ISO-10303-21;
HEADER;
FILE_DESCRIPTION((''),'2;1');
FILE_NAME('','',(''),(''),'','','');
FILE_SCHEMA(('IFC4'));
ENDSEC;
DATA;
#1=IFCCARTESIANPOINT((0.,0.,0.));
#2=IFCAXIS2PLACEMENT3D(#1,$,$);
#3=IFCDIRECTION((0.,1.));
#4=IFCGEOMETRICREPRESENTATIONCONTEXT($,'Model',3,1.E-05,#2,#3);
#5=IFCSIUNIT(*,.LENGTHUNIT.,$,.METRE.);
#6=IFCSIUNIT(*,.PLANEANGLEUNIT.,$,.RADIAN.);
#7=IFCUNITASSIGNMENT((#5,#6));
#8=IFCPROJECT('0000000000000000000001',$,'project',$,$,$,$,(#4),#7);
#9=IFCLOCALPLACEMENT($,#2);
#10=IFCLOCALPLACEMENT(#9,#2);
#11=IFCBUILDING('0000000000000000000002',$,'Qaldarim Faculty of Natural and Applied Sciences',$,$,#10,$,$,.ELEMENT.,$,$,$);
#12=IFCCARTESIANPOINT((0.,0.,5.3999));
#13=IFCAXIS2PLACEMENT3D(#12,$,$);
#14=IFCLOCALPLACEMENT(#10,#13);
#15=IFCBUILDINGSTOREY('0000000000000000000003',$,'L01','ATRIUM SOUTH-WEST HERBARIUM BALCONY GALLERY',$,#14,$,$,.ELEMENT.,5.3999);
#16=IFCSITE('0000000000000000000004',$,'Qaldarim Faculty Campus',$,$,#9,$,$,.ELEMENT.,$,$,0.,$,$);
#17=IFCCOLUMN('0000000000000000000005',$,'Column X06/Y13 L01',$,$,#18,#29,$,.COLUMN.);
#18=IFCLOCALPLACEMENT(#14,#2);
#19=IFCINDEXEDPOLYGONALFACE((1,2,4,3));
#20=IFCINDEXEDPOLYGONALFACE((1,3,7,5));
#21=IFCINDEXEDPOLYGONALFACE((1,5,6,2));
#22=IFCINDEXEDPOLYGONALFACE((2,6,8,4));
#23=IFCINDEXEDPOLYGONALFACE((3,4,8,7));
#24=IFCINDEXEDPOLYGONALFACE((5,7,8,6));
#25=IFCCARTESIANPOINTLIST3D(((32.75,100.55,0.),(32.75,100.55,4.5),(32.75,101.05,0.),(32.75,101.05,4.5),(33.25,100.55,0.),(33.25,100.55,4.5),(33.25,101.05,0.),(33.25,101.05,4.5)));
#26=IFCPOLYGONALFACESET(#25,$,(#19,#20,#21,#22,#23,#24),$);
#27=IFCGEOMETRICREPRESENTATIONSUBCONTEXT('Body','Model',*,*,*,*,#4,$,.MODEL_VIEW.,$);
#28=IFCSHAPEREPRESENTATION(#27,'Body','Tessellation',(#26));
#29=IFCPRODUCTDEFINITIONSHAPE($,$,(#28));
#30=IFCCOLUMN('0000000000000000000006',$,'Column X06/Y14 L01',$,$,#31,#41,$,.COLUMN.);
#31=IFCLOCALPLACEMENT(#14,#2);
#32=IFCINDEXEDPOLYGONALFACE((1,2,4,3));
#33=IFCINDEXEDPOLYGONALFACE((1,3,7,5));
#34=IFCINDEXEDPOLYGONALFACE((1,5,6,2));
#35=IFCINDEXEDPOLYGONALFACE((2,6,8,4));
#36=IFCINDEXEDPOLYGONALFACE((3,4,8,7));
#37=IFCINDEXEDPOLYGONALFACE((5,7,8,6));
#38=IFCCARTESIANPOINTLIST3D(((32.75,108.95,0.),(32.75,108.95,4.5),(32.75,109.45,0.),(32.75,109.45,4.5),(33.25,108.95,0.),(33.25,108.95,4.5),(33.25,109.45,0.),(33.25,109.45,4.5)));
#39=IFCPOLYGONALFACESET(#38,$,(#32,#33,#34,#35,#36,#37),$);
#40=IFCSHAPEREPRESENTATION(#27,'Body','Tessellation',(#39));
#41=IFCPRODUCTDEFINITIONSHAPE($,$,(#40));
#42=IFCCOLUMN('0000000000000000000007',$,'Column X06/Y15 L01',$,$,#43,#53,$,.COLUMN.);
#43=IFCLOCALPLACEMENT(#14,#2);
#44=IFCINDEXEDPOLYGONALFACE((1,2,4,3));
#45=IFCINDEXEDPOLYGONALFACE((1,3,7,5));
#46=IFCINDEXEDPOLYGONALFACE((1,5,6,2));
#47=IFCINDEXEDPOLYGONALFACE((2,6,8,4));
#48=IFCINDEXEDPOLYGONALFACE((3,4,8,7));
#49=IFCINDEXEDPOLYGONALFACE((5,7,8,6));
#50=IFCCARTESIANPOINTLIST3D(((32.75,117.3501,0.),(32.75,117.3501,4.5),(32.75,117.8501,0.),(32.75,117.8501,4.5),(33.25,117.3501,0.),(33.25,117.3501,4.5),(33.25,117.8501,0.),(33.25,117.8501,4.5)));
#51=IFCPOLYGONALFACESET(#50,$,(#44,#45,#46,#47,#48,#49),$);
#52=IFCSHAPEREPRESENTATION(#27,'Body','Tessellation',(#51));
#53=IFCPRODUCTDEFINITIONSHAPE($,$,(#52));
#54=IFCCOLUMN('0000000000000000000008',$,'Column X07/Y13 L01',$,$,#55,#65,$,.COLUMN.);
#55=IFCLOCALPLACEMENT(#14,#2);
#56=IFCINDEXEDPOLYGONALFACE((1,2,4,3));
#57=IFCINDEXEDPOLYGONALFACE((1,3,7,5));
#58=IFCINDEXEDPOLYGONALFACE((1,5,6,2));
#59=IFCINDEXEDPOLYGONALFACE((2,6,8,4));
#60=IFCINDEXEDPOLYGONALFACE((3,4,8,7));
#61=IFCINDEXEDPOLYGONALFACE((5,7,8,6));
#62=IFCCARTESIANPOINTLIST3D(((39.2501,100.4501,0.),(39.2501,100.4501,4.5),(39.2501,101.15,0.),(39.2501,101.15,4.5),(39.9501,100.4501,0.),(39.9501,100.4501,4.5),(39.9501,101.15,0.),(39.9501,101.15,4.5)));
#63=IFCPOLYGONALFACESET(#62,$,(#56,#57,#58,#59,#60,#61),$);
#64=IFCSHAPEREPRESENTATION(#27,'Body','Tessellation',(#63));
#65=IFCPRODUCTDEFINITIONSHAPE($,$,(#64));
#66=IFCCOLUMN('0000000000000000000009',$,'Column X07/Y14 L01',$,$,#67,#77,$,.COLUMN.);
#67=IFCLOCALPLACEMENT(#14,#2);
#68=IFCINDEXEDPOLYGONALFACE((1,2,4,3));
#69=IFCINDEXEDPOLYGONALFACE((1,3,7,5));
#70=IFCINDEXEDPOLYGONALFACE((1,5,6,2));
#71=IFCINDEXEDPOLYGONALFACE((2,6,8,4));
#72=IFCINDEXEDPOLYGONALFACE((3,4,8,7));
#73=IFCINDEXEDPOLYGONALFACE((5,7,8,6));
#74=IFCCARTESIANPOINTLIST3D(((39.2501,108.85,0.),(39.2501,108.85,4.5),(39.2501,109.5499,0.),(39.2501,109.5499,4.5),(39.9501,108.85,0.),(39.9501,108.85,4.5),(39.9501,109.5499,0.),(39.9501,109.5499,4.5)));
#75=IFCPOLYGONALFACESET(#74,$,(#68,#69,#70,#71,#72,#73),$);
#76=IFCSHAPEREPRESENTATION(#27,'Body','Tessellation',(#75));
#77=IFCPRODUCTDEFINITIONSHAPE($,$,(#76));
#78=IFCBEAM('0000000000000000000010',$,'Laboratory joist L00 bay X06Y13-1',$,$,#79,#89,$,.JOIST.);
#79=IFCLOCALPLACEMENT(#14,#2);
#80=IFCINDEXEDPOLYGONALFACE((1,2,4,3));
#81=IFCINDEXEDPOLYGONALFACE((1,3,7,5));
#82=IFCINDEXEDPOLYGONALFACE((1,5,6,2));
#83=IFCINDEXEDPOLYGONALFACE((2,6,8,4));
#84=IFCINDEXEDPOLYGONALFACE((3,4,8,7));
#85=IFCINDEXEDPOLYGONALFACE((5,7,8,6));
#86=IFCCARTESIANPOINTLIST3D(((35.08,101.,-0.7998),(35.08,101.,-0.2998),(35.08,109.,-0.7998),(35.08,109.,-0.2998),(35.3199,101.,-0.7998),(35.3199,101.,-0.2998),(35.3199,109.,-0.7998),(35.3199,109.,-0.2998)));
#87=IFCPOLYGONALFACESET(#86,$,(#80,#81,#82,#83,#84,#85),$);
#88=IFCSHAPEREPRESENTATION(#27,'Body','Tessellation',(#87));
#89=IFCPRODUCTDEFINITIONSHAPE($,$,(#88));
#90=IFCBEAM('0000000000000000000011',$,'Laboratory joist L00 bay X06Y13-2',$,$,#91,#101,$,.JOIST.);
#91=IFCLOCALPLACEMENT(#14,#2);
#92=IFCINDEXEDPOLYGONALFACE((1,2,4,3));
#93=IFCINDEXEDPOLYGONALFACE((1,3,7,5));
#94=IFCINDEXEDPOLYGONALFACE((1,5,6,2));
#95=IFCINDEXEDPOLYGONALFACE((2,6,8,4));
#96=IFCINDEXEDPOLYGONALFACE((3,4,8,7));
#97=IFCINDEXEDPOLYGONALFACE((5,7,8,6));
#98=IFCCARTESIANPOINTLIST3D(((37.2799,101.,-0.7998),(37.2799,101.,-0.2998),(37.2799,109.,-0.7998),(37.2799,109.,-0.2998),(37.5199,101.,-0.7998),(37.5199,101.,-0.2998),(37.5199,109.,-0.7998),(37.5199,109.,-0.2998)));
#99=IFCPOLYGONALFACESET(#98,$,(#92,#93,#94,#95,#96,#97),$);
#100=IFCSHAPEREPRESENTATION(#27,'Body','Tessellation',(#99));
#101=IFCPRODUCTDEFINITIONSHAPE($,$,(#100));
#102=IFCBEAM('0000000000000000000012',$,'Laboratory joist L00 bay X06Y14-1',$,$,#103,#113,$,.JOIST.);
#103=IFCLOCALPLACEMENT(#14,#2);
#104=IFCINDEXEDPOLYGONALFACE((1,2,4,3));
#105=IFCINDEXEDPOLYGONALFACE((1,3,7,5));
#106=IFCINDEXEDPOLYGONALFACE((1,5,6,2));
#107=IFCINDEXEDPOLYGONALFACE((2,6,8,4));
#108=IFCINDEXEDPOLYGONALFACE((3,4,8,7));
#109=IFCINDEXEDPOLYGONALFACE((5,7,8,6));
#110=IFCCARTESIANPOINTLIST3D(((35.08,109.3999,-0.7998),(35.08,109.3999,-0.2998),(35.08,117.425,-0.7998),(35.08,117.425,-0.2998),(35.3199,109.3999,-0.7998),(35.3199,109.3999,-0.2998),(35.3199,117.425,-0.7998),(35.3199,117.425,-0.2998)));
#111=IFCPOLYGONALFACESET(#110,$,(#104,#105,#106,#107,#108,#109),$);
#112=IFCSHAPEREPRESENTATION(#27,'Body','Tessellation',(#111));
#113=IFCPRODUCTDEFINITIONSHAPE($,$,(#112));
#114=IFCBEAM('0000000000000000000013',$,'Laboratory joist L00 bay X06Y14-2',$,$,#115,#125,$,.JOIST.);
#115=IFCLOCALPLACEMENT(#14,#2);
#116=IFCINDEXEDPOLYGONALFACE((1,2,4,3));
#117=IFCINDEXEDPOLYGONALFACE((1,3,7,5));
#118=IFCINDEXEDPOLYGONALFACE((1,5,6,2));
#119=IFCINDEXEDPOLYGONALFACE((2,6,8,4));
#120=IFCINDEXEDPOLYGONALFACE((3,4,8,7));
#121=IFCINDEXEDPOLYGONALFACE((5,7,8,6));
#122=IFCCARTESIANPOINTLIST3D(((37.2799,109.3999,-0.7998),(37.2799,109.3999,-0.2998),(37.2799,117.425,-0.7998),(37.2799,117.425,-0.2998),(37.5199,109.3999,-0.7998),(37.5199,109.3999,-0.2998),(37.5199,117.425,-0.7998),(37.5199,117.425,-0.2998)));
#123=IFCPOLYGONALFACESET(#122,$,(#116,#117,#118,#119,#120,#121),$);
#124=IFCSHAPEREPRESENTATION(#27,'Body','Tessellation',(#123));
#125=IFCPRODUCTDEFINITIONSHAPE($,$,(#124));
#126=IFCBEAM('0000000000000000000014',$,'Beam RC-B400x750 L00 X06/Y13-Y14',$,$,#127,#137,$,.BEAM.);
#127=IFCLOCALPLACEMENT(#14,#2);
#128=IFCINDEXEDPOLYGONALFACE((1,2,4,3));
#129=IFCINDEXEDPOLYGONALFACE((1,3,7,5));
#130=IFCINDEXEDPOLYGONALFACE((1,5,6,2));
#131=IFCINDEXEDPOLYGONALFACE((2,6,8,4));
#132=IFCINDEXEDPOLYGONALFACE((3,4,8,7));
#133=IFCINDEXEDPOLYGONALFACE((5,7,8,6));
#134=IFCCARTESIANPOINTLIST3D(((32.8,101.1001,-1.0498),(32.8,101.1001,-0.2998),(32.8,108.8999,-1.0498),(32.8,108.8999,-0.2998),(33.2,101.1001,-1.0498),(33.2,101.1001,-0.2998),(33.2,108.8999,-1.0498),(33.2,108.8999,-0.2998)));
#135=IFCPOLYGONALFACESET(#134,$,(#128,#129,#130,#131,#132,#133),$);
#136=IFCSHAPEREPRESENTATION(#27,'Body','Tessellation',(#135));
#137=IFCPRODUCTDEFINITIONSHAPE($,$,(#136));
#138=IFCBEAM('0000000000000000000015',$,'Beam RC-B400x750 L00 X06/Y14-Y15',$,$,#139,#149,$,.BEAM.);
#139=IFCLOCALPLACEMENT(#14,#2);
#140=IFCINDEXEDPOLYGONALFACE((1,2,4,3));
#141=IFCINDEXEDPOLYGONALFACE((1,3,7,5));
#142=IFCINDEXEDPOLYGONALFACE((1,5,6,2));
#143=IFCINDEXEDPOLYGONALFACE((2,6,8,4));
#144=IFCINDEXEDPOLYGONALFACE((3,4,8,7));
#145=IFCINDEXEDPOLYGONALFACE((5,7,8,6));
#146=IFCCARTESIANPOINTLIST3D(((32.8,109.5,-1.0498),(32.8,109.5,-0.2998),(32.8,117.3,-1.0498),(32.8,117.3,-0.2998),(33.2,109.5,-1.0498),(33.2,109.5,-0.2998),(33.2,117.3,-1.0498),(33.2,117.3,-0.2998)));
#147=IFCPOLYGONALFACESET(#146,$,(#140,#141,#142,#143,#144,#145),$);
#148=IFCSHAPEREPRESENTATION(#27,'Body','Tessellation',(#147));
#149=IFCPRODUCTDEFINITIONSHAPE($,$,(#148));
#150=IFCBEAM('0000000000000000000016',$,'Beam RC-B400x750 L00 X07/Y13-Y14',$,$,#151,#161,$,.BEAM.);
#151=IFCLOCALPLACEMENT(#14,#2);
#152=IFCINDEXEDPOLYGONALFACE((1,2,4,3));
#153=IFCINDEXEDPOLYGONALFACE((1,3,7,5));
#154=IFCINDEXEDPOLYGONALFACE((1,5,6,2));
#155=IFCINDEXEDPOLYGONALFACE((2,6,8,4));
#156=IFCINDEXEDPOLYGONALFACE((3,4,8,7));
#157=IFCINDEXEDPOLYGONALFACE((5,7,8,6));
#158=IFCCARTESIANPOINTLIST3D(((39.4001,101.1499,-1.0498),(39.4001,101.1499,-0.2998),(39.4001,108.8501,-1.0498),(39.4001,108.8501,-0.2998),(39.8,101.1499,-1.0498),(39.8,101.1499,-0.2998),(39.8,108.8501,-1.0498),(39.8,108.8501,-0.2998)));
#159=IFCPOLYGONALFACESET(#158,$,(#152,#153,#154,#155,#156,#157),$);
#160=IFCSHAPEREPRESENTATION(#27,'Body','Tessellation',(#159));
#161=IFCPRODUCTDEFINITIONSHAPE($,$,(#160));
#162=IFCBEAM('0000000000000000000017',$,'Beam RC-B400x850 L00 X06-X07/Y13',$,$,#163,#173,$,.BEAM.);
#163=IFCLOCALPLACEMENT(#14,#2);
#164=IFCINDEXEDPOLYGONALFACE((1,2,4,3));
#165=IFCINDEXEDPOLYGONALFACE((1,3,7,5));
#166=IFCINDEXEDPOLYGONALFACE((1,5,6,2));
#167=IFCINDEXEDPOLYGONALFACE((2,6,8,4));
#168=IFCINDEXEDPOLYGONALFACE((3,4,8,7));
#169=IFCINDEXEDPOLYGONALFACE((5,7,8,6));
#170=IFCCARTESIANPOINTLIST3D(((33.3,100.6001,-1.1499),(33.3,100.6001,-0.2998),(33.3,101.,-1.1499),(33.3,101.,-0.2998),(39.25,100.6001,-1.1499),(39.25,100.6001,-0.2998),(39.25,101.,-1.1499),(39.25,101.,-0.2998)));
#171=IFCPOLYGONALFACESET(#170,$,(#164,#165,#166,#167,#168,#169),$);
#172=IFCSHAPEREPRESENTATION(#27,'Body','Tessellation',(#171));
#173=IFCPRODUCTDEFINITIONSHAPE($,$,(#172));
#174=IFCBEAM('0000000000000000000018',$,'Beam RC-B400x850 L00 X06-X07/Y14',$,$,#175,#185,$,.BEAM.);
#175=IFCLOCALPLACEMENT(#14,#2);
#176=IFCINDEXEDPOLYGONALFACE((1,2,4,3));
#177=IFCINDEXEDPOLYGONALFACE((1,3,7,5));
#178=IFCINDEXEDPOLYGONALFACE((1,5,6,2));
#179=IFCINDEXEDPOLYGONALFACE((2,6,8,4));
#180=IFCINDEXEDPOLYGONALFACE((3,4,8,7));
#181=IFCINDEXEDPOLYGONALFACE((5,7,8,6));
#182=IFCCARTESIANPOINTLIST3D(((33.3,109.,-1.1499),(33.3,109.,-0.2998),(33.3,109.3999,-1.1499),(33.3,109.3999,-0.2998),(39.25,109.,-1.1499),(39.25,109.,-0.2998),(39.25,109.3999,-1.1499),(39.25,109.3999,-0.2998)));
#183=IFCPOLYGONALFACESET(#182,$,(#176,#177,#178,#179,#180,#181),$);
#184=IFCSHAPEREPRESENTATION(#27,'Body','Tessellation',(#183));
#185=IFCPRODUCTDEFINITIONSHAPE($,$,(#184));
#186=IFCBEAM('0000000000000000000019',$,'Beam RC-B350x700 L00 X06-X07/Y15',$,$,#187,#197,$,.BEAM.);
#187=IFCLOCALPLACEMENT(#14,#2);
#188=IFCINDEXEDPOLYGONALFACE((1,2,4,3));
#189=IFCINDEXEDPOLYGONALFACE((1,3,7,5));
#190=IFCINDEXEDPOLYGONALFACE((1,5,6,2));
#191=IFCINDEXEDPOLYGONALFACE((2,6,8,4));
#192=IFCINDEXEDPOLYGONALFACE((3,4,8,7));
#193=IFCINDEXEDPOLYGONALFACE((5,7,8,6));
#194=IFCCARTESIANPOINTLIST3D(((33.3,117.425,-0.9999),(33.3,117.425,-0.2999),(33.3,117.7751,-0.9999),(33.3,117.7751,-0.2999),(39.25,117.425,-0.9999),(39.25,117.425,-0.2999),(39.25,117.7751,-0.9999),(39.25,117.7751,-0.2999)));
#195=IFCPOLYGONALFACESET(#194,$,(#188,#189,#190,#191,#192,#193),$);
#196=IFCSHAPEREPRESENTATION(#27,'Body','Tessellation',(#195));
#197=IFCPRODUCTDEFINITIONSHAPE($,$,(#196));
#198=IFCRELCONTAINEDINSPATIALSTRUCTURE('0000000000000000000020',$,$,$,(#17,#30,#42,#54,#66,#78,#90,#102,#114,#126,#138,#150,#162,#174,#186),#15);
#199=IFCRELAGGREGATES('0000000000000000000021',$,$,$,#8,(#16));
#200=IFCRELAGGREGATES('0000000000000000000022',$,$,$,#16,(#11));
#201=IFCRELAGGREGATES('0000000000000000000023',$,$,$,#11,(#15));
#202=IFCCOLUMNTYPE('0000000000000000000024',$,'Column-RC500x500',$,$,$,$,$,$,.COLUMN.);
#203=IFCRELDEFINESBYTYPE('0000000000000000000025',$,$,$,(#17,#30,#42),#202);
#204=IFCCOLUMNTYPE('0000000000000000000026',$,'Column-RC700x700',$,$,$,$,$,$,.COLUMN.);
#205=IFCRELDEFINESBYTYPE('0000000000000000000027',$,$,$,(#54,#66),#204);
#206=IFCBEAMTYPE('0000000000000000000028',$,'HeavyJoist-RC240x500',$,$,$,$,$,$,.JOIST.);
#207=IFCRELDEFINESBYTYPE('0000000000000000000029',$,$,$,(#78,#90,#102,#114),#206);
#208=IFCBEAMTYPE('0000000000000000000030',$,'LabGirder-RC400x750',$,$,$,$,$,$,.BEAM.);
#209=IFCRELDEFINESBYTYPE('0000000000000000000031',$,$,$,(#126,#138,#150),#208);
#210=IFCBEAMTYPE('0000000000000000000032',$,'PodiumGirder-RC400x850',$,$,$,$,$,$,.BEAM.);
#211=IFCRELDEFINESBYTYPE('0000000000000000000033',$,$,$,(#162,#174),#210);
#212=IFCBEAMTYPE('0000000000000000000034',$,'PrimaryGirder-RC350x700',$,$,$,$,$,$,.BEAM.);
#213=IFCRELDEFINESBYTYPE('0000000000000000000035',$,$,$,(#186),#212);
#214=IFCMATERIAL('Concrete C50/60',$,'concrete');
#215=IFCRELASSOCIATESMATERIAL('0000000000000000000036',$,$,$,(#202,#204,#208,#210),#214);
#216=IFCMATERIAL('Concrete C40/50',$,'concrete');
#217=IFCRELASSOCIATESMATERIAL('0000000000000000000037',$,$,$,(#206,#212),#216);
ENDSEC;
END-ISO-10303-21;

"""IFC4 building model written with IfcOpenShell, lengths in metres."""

from ifc_helpers import new_model, si_unit, direction, frame, origin, origin_2d, place, context, subcontext, project, spatial, rectangle, extrude, material, material_profile, profile_set, type_object, element, save


model = new_model("IFC4")

# Units and contexts
model_context = context("Model", 3, precision=1e-05, world=origin(), true_north=direction((0.0, 1.0)))
body_context = subcontext(model_context, "Body", "Model", "MODEL_VIEW")
ifc_project = project(units=[si_unit("LENGTHUNIT", "METRE"), si_unit("PLANEANGLEUNIT", "RADIAN")], contexts=[model_context])

# Site, building, storey
site_placement = place(None, origin())
site = spatial("IfcSite", under=ifc_project, at=site_placement, Name="Qaldarim Faculty Campus", CompositionType="ELEMENT", RefElevation=0.0)
building_placement = place(site_placement, origin())
building = spatial("IfcBuilding", under=site, at=building_placement, Name="Qaldarim Faculty of Natural and Applied Sciences", CompositionType="ELEMENT")
storey_placement = place(building_placement, frame((0.0, 0.0, 5.3999)))
storey = spatial("IfcBuildingStorey", under=building, at=storey_placement, Name="L01", Description="ATRIUM SOUTH-WEST HERBARIUM BALCONY GALLERY", CompositionType="ELEMENT", Elevation=5.3999)

# Columns
ifc_material_1 = material(Name="Concrete C50/60", Category="concrete")
ifc_material_profile_1 = material_profile(ifc_material_1, rectangle(XDim=0.5, YDim=0.5, at=origin_2d()), Name="RC-C500x500")
ifc_profile_set_1 = profile_set([ifc_material_profile_1], Name="Concrete C50/60")
column_type_1 = type_object("IfcColumnType", Name="Column-RC500x500", PredefinedType="COLUMN", material=ifc_profile_set_1)
for number, where, z_axis, x_axis, name in (
    (1, (33.0, 100.8, 0.0), (0.0, 0.0, 1.0), (1.0, 0.0, 0.0), "Column X06/Y13 L01"),
    (2, (33.0, 109.2, 0.0), (0.0, 0.0, 1.0), (1.0, 0.0, 0.0), "Column X06/Y14 L01"),
    (3, (33.0, 117.6001, 0.0), (0.0, 0.0, 1.0), (1.0, 0.0, 0.0), "Column X06/Y15 L01"),
):
    element("IfcColumn", number, at=place(storey_placement, frame(where, z_axis=z_axis, x_axis=x_axis)), inside=storey, type_object=column_type_1, Name=name, PredefinedType="COLUMN", context=body_context, shape_type="SweptSolid", body=[
        extrude(rectangle(XDim=0.5, YDim=0.5, at=origin_2d()), origin(), (0.0, 0.0, 1.0), 4.5),
    ])
ifc_material_profile_2 = material_profile(ifc_material_1, rectangle(XDim=0.7, YDim=0.7, at=origin_2d()), Name="RC-C700x700")
ifc_profile_set_2 = profile_set([ifc_material_profile_2], Name="Concrete C50/60")
column_type_2 = type_object("IfcColumnType", Name="Column-RC700x700", PredefinedType="COLUMN", material=ifc_profile_set_2)
for number, where, z_axis, x_axis, name in (
    (4, (39.6001, 100.8, 0.0), (0.0, 0.0, 1.0), (1.0, 0.0, 0.0), "Column X07/Y13 L01"),
    (5, (39.6001, 109.2, 0.0), (0.0, 0.0, 1.0), (1.0, 0.0, 0.0), "Column X07/Y14 L01"),
):
    element("IfcColumn", number, at=place(storey_placement, frame(where, z_axis=z_axis, x_axis=x_axis)), inside=storey, type_object=column_type_2, Name=name, PredefinedType="COLUMN", context=body_context, shape_type="SweptSolid", body=[
        extrude(rectangle(XDim=0.7, YDim=0.7, at=origin_2d()), origin(), (0.0, 0.0, 1.0), 4.5),
    ])

# Beams
ifc_material_2 = material(Name="Concrete C40/50", Category="concrete")
ifc_material_profile_3 = material_profile(ifc_material_2, rectangle(XDim=0.24, YDim=0.5, at=origin_2d()), Name="RC-J240x500")
ifc_profile_set_3 = profile_set([ifc_material_profile_3], Name="Concrete C40/50")
beam_type_1 = type_object("IfcBeamType", Name="HeavyJoist-RC240x500", PredefinedType="JOIST", material=ifc_profile_set_3)
for number, where, z_axis, x_axis, name in (
    (6, (35.2, 101.0, -0.5498), (0.0, 1.0, 0.0), (-1.0, 0.0, 0.0), "Laboratory joist L00 bay X06Y13-1"),
    (7, (37.3999, 101.0, -0.5498), (0.0, 1.0, 0.0), (-1.0, 0.0, 0.0), "Laboratory joist L00 bay X06Y13-2"),
):
    element("IfcBeam", number, at=place(storey_placement, frame(where, z_axis=z_axis, x_axis=x_axis)), inside=storey, type_object=beam_type_1, Name=name, PredefinedType="JOIST", context=body_context, shape_type="SweptSolid", body=[
        extrude(rectangle(XDim=0.24, YDim=0.5, at=origin_2d()), origin(), (0.0, 0.0, 1.0), 8.0),
    ])
for number, where, z_axis, x_axis, name in (
    (8, (35.2, 109.3999, -0.5498), (0.0, 1.0, 0.0), (-1.0, 0.0, 0.0), "Laboratory joist L00 bay X06Y14-1"),
    (9, (37.3999, 109.3999, -0.5498), (0.0, 1.0, 0.0), (-1.0, 0.0, 0.0), "Laboratory joist L00 bay X06Y14-2"),
):
    element("IfcBeam", number, at=place(storey_placement, frame(where, z_axis=z_axis, x_axis=x_axis)), inside=storey, type_object=beam_type_1, Name=name, PredefinedType="JOIST", context=body_context, shape_type="SweptSolid", body=[
        extrude(rectangle(XDim=0.24, YDim=0.5, at=origin_2d()), origin(), (0.0, 0.0, 1.0), 8.0251),
    ])
ifc_material_profile_4 = material_profile(ifc_material_1, rectangle(XDim=0.3999, YDim=0.75, at=origin_2d()), Name="RC-B400x750")
ifc_profile_set_4 = profile_set([ifc_material_profile_4], Name="Concrete C50/60")
beam_type_2 = type_object("IfcBeamType", Name="LabGirder-RC400x750", PredefinedType="BEAM", material=ifc_profile_set_4)
beam_1_placement = place(storey_placement, frame((33.0, 101.1001, -0.6748), z_axis=(0.0, 1.0, 0.0), x_axis=(-1.0, 0.0, 0.0)))
element("IfcBeam", 10, at=beam_1_placement, inside=storey, type_object=beam_type_2, Name="Beam RC-B400x750 L00 X06/Y13-Y14", PredefinedType="BEAM", context=body_context, shape_type="SweptSolid", body=[
    extrude(rectangle(XDim=0.3999, YDim=0.75, at=origin_2d()), origin(), (0.0, 0.0, 1.0), 7.7998),
])
beam_2_placement = place(storey_placement, frame((33.0, 109.5, -0.6748), z_axis=(0.0, 1.0, 0.0), x_axis=(-1.0, 0.0, 0.0)))
element("IfcBeam", 11, at=beam_2_placement, inside=storey, type_object=beam_type_2, Name="Beam RC-B400x750 L00 X06/Y14-Y15", PredefinedType="BEAM", context=body_context, shape_type="SweptSolid", body=[
    extrude(rectangle(XDim=0.3999, YDim=0.75, at=origin_2d()), origin(), (0.0, 0.0, 1.0), 7.8),
])
beam_3_placement = place(storey_placement, frame((39.6001, 101.1499, -0.6748), z_axis=(0.0, 1.0, 0.0), x_axis=(-1.0, 0.0, 0.0)))
element("IfcBeam", 12, at=beam_3_placement, inside=storey, type_object=beam_type_2, Name="Beam RC-B400x750 L00 X07/Y13-Y14", PredefinedType="BEAM", context=body_context, shape_type="SweptSolid", body=[
    extrude(rectangle(XDim=0.3999, YDim=0.75, at=origin_2d()), origin(), (0.0, 0.0, 1.0), 7.7002),
])
ifc_material_profile_5 = material_profile(ifc_material_1, rectangle(XDim=0.3999, YDim=0.8501, at=origin_2d()), Name="RC-B400x850")
ifc_profile_set_5 = profile_set([ifc_material_profile_5], Name="Concrete C50/60")
beam_type_3 = type_object("IfcBeamType", Name="PodiumGirder-RC400x850", PredefinedType="BEAM", material=ifc_profile_set_5)
for number, where, z_axis, x_axis, name in (
    (13, (33.3, 100.8, -0.7249), (1.0, 0.0, 0.0), (0.0, 1.0, 0.0), "Beam RC-B400x850 L00 X06-X07/Y13"),
    (14, (33.3, 109.2, -0.7249), (1.0, 0.0, 0.0), (0.0, 1.0, 0.0), "Beam RC-B400x850 L00 X06-X07/Y14"),
):
    element("IfcBeam", number, at=place(storey_placement, frame(where, z_axis=z_axis, x_axis=x_axis)), inside=storey, type_object=beam_type_3, Name=name, PredefinedType="BEAM", context=body_context, shape_type="SweptSolid", body=[
        extrude(rectangle(XDim=0.3999, YDim=0.8501, at=origin_2d()), origin(), (0.0, 0.0, 1.0), 5.95),
    ])
ifc_material_profile_6 = material_profile(ifc_material_2, rectangle(XDim=0.3501, YDim=0.7, at=origin_2d()), Name="RC-B350x700")
ifc_profile_set_6 = profile_set([ifc_material_profile_6], Name="Concrete C40/50")
beam_type_4 = type_object("IfcBeamType", Name="PrimaryGirder-RC350x700", PredefinedType="BEAM", material=ifc_profile_set_6)
beam_4_placement = place(storey_placement, frame((33.3, 117.6001, -0.6499), z_axis=(1.0, 0.0, 0.0), x_axis=(0.0, 1.0, 0.0)))
element("IfcBeam", 15, at=beam_4_placement, inside=storey, type_object=beam_type_4, Name="Beam RC-B350x700 L00 X06-X07/Y15", PredefinedType="BEAM", context=body_context, shape_type="SweptSolid", body=[
    extrude(rectangle(XDim=0.3501, YDim=0.7, at=origin_2d()), origin(), (0.0, 0.0, 1.0), 5.95),
])

save(model, "model.ifc")
